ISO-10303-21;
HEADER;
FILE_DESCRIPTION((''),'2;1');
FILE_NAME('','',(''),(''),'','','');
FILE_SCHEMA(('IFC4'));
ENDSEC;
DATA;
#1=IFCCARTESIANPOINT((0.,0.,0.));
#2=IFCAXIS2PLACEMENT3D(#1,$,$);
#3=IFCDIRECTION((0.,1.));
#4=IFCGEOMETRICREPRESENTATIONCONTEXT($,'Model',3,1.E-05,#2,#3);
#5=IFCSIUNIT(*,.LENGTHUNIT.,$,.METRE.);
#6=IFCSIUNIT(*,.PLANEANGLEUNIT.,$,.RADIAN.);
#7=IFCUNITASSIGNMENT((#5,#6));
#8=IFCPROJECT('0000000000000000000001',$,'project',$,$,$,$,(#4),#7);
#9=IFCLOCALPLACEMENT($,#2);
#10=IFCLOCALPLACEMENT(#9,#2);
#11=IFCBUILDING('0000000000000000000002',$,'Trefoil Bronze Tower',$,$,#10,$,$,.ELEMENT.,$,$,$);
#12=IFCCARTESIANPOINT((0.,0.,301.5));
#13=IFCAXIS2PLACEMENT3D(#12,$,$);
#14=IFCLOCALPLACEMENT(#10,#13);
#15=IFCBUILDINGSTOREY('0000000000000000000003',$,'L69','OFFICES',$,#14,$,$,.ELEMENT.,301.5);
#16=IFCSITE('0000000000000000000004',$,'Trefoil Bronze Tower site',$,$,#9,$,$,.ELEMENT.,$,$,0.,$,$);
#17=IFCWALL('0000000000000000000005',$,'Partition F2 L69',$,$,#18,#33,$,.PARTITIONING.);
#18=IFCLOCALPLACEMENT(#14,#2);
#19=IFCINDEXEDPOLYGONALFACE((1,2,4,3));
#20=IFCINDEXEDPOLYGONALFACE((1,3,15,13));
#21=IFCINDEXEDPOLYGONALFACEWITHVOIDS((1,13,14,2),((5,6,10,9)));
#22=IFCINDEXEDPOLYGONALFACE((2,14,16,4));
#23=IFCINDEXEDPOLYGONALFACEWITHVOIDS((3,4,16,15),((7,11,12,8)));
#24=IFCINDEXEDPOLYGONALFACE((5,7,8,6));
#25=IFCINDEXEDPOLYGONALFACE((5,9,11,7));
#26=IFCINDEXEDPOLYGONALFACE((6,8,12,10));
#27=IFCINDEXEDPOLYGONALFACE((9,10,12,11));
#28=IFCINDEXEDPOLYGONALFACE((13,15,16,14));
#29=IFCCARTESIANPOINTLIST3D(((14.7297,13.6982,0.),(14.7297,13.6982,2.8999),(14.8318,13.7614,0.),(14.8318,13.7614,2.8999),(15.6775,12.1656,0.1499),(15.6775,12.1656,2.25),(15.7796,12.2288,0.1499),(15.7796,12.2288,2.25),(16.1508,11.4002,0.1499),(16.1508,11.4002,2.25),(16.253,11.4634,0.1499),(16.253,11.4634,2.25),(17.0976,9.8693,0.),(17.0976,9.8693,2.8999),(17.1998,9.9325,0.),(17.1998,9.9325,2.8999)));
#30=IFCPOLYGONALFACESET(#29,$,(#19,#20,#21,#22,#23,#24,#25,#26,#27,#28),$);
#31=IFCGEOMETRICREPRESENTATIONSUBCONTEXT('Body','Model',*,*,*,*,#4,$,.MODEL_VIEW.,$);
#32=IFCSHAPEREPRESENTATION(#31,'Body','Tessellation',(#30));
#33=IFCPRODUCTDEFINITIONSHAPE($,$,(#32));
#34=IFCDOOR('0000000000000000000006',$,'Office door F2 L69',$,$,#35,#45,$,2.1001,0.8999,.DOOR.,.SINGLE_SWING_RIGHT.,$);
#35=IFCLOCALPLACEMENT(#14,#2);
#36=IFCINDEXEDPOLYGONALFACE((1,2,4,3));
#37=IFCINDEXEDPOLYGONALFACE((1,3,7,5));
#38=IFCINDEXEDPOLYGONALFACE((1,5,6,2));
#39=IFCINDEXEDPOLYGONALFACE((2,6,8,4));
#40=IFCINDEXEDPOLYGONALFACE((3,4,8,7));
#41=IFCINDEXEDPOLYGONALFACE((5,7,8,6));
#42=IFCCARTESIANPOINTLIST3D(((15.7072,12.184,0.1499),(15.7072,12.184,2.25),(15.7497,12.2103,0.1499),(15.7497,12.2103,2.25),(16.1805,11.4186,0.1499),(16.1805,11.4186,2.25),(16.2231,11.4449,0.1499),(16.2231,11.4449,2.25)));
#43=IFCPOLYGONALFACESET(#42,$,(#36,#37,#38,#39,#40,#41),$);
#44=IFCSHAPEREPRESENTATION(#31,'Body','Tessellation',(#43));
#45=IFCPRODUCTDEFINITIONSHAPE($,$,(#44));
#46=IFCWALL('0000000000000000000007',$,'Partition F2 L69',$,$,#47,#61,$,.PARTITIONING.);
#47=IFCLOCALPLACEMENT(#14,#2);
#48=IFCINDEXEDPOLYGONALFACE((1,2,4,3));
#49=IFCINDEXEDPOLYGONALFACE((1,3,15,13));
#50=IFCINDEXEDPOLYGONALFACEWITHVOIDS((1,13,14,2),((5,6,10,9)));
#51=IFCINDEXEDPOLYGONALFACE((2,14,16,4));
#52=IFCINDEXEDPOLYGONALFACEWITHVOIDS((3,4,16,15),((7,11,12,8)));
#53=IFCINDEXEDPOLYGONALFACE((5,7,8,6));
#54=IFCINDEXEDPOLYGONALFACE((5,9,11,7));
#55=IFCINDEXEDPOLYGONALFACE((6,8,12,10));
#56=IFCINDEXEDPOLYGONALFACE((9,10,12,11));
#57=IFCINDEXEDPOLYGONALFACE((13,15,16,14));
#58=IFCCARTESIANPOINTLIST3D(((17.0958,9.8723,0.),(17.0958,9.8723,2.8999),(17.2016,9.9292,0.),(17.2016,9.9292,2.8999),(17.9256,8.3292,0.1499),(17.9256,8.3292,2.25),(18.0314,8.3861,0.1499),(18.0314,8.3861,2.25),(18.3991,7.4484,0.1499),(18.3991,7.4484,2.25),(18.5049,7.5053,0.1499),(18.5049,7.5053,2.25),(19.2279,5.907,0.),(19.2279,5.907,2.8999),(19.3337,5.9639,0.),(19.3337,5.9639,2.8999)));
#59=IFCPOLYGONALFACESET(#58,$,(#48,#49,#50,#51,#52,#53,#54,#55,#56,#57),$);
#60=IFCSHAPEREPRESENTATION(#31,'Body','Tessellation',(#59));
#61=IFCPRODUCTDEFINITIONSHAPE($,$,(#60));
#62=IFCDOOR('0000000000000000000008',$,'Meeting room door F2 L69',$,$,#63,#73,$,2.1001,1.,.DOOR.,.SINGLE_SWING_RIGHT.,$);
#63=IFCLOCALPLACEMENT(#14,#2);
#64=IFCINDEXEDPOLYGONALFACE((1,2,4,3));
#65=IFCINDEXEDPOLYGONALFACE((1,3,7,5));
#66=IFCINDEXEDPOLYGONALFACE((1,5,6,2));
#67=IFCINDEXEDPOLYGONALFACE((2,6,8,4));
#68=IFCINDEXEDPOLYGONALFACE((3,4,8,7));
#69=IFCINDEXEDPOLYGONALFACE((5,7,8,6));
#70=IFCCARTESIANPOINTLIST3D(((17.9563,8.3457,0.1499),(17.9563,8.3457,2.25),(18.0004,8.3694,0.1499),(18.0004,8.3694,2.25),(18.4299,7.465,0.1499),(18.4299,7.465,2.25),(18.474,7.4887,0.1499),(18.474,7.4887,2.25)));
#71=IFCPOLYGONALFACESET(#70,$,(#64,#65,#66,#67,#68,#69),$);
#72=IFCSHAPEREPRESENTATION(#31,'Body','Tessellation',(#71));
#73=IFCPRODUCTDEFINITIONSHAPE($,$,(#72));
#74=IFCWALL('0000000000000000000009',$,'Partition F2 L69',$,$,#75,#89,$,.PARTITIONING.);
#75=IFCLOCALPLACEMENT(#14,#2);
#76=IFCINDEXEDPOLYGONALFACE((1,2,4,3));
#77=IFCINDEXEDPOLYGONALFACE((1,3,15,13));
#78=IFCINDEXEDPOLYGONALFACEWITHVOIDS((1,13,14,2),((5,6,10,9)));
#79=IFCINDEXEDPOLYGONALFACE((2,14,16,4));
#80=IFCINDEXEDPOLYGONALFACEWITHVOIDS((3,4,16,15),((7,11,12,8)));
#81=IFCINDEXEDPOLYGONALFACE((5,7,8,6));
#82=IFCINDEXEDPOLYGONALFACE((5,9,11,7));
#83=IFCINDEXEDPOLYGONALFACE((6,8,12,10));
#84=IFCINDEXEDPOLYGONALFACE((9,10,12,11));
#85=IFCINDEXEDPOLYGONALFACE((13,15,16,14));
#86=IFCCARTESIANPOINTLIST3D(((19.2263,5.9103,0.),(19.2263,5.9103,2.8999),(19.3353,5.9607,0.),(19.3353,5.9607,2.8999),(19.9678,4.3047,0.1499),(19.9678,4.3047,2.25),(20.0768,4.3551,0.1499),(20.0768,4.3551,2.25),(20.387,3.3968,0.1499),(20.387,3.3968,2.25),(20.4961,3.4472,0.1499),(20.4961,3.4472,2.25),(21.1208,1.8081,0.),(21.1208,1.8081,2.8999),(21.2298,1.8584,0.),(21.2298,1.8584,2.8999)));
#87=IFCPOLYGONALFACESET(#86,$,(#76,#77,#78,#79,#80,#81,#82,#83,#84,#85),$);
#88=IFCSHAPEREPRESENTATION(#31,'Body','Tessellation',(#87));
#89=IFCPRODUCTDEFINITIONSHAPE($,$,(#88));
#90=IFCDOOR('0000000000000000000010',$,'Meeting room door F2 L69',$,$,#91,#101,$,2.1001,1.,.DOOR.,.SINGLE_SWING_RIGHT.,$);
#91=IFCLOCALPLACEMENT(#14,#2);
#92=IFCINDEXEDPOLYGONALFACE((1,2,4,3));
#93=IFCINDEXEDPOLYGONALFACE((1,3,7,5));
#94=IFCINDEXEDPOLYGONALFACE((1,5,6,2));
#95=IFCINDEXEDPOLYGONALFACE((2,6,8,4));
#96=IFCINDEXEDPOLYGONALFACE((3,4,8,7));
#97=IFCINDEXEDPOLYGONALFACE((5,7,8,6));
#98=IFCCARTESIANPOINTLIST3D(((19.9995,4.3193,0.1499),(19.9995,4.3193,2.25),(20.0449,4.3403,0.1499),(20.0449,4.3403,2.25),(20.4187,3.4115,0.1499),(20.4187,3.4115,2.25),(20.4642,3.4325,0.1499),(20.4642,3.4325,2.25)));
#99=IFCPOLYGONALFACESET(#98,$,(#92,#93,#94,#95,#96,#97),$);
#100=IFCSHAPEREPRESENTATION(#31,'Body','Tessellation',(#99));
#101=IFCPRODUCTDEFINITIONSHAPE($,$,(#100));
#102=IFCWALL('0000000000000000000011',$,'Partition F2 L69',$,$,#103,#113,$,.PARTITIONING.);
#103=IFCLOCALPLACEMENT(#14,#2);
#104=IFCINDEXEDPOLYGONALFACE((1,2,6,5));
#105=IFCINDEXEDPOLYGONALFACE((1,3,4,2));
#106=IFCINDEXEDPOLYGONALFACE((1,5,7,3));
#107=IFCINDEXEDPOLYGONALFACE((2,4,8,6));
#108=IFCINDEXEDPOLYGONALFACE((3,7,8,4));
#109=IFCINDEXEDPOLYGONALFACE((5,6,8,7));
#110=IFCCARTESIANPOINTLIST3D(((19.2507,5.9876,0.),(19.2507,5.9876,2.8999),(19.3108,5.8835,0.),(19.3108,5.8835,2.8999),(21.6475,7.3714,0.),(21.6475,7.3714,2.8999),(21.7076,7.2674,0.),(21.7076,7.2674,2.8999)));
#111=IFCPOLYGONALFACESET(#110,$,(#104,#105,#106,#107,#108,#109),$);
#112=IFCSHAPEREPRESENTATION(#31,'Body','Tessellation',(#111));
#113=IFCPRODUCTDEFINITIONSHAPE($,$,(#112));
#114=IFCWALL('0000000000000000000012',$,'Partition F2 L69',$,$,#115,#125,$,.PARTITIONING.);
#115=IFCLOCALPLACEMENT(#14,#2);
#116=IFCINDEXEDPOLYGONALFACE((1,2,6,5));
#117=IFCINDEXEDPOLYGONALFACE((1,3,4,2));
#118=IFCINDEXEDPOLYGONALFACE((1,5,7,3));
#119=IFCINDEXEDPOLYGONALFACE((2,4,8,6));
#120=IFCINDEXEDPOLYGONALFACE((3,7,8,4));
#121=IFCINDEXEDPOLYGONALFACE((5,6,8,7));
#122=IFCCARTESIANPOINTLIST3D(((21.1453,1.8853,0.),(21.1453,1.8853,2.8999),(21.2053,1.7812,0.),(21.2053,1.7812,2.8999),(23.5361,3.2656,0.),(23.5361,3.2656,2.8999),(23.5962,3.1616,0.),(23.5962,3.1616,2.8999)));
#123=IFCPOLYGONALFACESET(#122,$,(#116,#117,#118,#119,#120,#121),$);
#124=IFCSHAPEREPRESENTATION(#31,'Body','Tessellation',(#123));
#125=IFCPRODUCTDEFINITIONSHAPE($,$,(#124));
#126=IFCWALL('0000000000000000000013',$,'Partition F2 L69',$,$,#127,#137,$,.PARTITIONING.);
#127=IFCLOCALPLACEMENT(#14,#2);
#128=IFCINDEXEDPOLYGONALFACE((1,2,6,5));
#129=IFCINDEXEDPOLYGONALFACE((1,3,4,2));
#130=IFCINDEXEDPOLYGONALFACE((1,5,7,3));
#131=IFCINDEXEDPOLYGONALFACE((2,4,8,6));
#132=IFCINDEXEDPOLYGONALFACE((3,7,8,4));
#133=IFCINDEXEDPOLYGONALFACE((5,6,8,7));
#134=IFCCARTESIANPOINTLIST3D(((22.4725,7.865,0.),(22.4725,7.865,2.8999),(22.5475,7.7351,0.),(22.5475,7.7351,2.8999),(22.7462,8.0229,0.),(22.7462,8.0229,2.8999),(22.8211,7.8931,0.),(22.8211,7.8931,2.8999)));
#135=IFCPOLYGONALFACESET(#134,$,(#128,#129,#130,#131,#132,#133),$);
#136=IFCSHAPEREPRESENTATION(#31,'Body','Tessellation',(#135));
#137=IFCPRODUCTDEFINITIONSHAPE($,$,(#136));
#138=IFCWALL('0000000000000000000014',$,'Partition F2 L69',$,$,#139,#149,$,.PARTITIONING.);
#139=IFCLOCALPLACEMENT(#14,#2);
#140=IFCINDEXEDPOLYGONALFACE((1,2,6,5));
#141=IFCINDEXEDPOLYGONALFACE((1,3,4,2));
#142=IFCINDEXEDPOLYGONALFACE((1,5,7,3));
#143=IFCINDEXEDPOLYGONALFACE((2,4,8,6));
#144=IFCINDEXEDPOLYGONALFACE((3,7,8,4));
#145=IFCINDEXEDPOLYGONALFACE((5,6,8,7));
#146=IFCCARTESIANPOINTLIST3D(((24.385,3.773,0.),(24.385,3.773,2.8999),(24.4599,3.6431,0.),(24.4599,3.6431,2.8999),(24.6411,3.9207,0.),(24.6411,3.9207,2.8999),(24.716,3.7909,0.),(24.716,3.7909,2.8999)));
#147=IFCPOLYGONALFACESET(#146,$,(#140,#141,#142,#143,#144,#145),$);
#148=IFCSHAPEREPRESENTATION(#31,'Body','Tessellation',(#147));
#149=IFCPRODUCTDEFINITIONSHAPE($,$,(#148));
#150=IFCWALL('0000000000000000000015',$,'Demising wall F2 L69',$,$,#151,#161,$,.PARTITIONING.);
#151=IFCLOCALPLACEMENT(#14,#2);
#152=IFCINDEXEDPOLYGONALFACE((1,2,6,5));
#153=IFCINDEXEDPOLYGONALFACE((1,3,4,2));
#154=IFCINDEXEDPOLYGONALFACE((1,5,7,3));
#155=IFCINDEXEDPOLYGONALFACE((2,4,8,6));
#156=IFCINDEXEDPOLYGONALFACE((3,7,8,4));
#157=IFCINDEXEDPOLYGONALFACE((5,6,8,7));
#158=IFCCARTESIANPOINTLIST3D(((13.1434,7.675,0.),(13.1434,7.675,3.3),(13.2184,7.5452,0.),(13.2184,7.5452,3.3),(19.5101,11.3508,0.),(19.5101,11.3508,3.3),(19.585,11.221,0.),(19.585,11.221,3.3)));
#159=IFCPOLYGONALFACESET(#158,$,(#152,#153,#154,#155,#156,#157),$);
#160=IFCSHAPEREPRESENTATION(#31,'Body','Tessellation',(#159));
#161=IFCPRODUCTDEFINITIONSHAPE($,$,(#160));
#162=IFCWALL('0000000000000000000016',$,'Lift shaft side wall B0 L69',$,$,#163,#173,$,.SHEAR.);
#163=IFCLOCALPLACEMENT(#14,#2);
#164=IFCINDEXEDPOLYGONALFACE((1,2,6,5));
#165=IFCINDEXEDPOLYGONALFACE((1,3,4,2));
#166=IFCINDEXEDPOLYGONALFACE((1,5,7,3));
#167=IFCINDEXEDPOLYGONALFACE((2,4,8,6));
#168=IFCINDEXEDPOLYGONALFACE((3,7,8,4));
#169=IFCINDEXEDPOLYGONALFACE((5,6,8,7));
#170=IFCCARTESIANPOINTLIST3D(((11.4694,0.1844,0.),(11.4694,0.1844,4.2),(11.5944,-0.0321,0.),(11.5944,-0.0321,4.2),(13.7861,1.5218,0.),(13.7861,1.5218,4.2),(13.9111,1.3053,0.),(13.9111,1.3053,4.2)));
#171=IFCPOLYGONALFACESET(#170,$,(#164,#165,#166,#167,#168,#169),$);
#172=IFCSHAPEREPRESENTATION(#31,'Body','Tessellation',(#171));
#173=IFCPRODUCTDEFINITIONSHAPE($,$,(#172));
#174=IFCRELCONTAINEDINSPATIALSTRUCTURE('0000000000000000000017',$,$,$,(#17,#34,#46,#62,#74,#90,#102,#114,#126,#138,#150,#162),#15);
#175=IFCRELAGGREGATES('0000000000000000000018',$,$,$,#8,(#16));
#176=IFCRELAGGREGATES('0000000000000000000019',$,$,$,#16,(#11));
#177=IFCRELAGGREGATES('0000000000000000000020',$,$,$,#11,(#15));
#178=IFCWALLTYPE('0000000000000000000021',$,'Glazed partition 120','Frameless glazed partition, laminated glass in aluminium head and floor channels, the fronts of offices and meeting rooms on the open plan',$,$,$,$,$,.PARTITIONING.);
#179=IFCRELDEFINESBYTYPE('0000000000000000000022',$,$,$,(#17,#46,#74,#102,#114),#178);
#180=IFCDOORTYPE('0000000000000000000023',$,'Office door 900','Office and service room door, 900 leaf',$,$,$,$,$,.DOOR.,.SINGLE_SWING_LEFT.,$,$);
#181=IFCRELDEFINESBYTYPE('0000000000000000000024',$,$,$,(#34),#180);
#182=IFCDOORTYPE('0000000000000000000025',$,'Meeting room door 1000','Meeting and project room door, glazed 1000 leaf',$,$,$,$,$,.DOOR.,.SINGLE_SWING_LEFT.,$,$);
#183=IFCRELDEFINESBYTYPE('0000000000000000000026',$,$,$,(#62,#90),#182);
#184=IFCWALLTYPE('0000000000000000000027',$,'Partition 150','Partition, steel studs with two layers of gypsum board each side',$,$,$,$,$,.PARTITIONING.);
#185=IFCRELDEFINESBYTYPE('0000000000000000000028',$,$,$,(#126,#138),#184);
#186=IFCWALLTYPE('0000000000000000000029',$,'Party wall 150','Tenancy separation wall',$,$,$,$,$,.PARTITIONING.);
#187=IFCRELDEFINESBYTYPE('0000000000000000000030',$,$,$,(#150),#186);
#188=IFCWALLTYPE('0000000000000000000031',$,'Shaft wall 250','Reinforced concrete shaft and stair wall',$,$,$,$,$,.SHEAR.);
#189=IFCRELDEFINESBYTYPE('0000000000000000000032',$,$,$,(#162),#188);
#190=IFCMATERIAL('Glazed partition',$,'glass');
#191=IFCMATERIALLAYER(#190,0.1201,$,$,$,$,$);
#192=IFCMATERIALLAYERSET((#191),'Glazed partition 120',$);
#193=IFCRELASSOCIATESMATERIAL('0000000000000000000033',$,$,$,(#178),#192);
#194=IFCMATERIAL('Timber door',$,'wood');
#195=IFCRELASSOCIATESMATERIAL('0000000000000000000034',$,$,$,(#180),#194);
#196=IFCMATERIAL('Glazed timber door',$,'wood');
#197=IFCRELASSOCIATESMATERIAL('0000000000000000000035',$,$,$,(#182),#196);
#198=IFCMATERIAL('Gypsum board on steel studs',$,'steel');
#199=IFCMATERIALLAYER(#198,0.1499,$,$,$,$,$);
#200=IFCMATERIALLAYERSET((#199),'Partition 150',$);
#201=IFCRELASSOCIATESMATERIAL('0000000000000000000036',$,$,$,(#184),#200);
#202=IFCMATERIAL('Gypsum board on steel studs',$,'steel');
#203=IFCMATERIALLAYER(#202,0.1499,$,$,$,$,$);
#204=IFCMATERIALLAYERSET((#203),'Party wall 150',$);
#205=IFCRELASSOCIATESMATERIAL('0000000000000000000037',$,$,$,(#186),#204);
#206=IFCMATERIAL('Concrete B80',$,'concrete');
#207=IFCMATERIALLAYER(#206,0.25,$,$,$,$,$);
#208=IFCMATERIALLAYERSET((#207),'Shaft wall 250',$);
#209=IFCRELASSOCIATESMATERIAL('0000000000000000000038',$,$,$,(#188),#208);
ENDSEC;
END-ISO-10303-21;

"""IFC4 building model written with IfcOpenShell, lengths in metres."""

from ifc_helpers import new_model, si_unit, direction, frame, frame_2d, origin, place, context, subcontext, project, spatial, rectangle, extrude, material, layer, layer_set, type_object, element, fill, save


model = new_model("IFC4")

# Units and contexts
model_context = context("Model", 3, precision=1e-05, world=origin(), true_north=direction((0.0, 1.0)))
body_context = subcontext(model_context, "Body", "Model", "MODEL_VIEW")
ifc_project = project(units=[si_unit("LENGTHUNIT", "METRE"), si_unit("PLANEANGLEUNIT", "RADIAN")], contexts=[model_context])

# Site, building, storey
site_placement = place(None, origin())
site = spatial("IfcSite", under=ifc_project, at=site_placement, Name="Trefoil Bronze Tower site", CompositionType="ELEMENT", RefElevation=0.0)
building_placement = place(site_placement, origin())
building = spatial("IfcBuilding", under=site, at=building_placement, Name="Trefoil Bronze Tower", CompositionType="ELEMENT")
storey_placement = place(building_placement, frame((0.0, 0.0, 301.5)))
storey = spatial("IfcBuildingStorey", under=building, at=storey_placement, Name="L69", Description="OFFICES", CompositionType="ELEMENT", Elevation=301.5)

# Walls, openings, doors
ifc_material_1 = material(Name="Glazed partition", Category="glass")
ifc_layer_1 = layer(ifc_material_1, 0.1201)
ifc_layer_set_1 = layer_set([ifc_layer_1], Name="Glazed partition 120")
wall_type_1 = type_object("IfcWallType", Name="Glazed partition 120", Description="Frameless glazed partition, laminated glass in aluminium head and floor channels, the fronts of offices and meeting rooms on the open plan", PredefinedType="PARTITIONING", material=ifc_layer_set_1)
wall_1_placement = place(storey_placement, frame((17.1487, 9.9009, 0.0), z_axis=(0.0, 0.0, 1.0), x_axis=(-0.525981, 0.850496, 0.0)))
wall_1 = element("IfcWall", 1, at=wall_1_placement, inside=storey, type_object=wall_type_1, Name="Partition F2 L69", PredefinedType="PARTITIONING", context=body_context, shape_type="SweptSolid", body=[
    extrude(rectangle(XDim=4.502, YDim=0.1201, at=frame_2d((2.251, 0.0))), origin(), (0.0, 0.0, 1.0), 2.8999),
])
opening_1_placement = place(wall_1_placement, frame((1.8, 0.0, 0.1499)))
opening_1 = element("IfcOpeningElement", 2, at=opening_1_placement, cuts=wall_1, PredefinedType="OPENING", context=body_context, shape_type="SweptSolid", body=[
    extrude(rectangle(XDim=0.8999, YDim=2.1001, at=frame_2d((0.45, 1.05))), frame((0.0, 0.0701, 0.0), z_axis=(0.0, -1.0, 0.0), x_axis=(1.0, 0.0, 0.0)), (0.0, 0.0, 1.0), 0.1401),
])
ifc_material_2 = material(Name="Timber door", Category="wood")
door_type_1 = type_object("IfcDoorType", Name="Office door 900", Description="Office and service room door, 900 leaf", OperationType="SINGLE_SWING_LEFT", PredefinedType="DOOR", material=ifc_material_2)
door_1_placement = place(opening_1_placement, frame((0.8999, 0.0, 0.0), z_axis=(0.0, 0.0, 1.0), x_axis=(-1.0, 0.0, 0.0)))
door_1 = element("IfcDoor", 3, at=door_1_placement, inside=storey, type_object=door_type_1, Name="Office door F2 L69", OperationType="SINGLE_SWING_RIGHT", OverallHeight=2.1001, OverallWidth=0.8999, PredefinedType="DOOR", context=body_context, shape_type="SweptSolid", body=[
    extrude(rectangle(XDim=0.8999, YDim=2.1001, at=frame_2d((0.45, 1.05))), frame((0.0, 0.0249, 0.0), z_axis=(0.0, -1.0, 0.0), x_axis=(1.0, 0.0, 0.0)), (0.0, 0.0, 1.0), 0.05),
])
fill(opening_1, door_1)
wall_2_placement = place(storey_placement, frame((19.2808, 5.9355, 0.0), z_axis=(0.0, 0.0, 1.0), x_axis=(-0.473566, 0.880758, 0.0)))
wall_2 = element("IfcWall", 4, at=wall_2_placement, inside=storey, type_object=wall_type_1, Name="Partition F2 L69", PredefinedType="PARTITIONING", context=body_context, shape_type="SweptSolid", body=[
    extrude(rectangle(XDim=4.5022, YDim=0.1201, at=frame_2d((2.251, 0.0))), origin(), (0.0, 0.0, 1.0), 2.8999),
])
opening_2_placement = place(wall_2_placement, frame((1.75, 0.0, 0.1499)))
opening_2 = element("IfcOpeningElement", 5, at=opening_2_placement, cuts=wall_2, PredefinedType="OPENING", context=body_context, shape_type="SweptSolid", body=[
    extrude(rectangle(XDim=1.0, YDim=2.1001, at=frame_2d((0.5, 1.05))), frame((0.0, 0.0701, 0.0), z_axis=(0.0, -1.0, 0.0), x_axis=(1.0, 0.0, 0.0)), (0.0, 0.0, 1.0), 0.1401),
])
ifc_material_3 = material(Name="Glazed timber door", Category="wood")
door_type_2 = type_object("IfcDoorType", Name="Meeting room door 1000", Description="Meeting and project room door, glazed 1000 leaf", OperationType="SINGLE_SWING_LEFT", PredefinedType="DOOR", material=ifc_material_3)
door_2_placement = place(opening_2_placement, frame((1.0, 0.0, 0.0), z_axis=(0.0, 0.0, 1.0), x_axis=(-1.0, 0.0, 0.0)))
door_2 = element("IfcDoor", 6, at=door_2_placement, inside=storey, type_object=door_type_2, Name="Meeting room door F2 L69", OperationType="SINGLE_SWING_RIGHT", OverallHeight=2.1001, OverallWidth=1.0, PredefinedType="DOOR", context=body_context, shape_type="SweptSolid", body=[
    extrude(rectangle(XDim=1.0, YDim=2.1001, at=frame_2d((0.5, 1.05))), frame((0.0, 0.0249, 0.0), z_axis=(0.0, -1.0, 0.0), x_axis=(1.0, 0.0, 0.0)), (0.0, 0.0, 1.0), 0.05),
])
fill(opening_2, door_2)
wall_3_placement = place(storey_placement, frame((21.1753, 1.8333, 0.0), z_axis=(0.0, 0.0, 1.0), x_axis=(-0.419271, 0.907861, 0.0)))
wall_3 = element("IfcWall", 7, at=wall_3_placement, inside=storey, type_object=wall_type_1, Name="Partition F2 L69", PredefinedType="PARTITIONING", context=body_context, shape_type="SweptSolid", body=[
    extrude(rectangle(XDim=4.5186, YDim=0.1201, at=frame_2d((2.2593, 0.0))), origin(), (0.0, 0.0, 1.0), 2.8999),
])
opening_3_placement = place(wall_3_placement, frame((1.75, 0.0, 0.1499)))
opening_3 = element("IfcOpeningElement", 8, at=opening_3_placement, cuts=wall_3, PredefinedType="OPENING", context=body_context, shape_type="SweptSolid", body=[
    extrude(rectangle(XDim=1.0, YDim=2.1001, at=frame_2d((0.5, 1.05))), frame((0.0, 0.0701, 0.0), z_axis=(0.0, -1.0, 0.0), x_axis=(1.0, 0.0, 0.0)), (0.0, 0.0, 1.0), 0.1401),
])
door_3_placement = place(opening_3_placement, frame((1.0, 0.0, 0.0), z_axis=(0.0, 0.0, 1.0), x_axis=(-1.0, 0.0, 0.0)))
door_3 = element("IfcDoor", 9, at=door_3_placement, inside=storey, type_object=door_type_2, Name="Meeting room door F2 L69", OperationType="SINGLE_SWING_RIGHT", OverallHeight=2.1001, OverallWidth=1.0, PredefinedType="DOOR", context=body_context, shape_type="SweptSolid", body=[
    extrude(rectangle(XDim=1.0, YDim=2.1001, at=frame_2d((0.5, 1.05))), frame((0.0, 0.0249, 0.0), z_axis=(0.0, -1.0, 0.0), x_axis=(1.0, 0.0, 0.0)), (0.0, 0.0, 1.0), 0.05),
])
fill(opening_3, door_3)

# Walls
wall_4_placement = place(storey_placement, frame((19.2808, 5.9355, 0.0), z_axis=(0.0, 0.0, 1.0), x_axis=(0.86602, 0.50001, 0.0)))
element("IfcWall", 10, at=wall_4_placement, inside=storey, type_object=wall_type_1, Name="Partition F2 L69", PredefinedType="PARTITIONING", context=body_context, shape_type="SweptSolid", body=[
    extrude(rectangle(XDim=2.7676, YDim=0.1201, at=frame_2d((1.3838, 0.0))), origin(), (0.0, 0.0, 1.0), 2.8999),
])
wall_5_placement = place(storey_placement, frame((21.1753, 1.8333, 0.0), z_axis=(0.0, 0.0, 1.0), x_axis=(0.866025, 0.500001, 0.0)))
element("IfcWall", 11, at=wall_5_placement, inside=storey, type_object=wall_type_1, Name="Partition F2 L69", PredefinedType="PARTITIONING", context=body_context, shape_type="SweptSolid", body=[
    extrude(rectangle(XDim=2.7607, YDim=0.1201, at=frame_2d((1.3804, 0.0))), origin(), (0.0, 0.0, 1.0), 2.8999),
])
ifc_material_4 = material(Name="Gypsum board on steel studs", Category="steel")
ifc_layer_2 = layer(ifc_material_4, 0.1499)
ifc_layer_set_2 = layer_set([ifc_layer_2], Name="Partition 150")
wall_type_2 = type_object("IfcWallType", Name="Partition 150", Description="Partition, steel studs with two layers of gypsum board each side", PredefinedType="PARTITIONING", material=ifc_layer_set_2)
wall_6_placement = place(storey_placement, frame((22.51, 7.8, 0.0), z_axis=(0.0, 0.0, 1.0), x_axis=(0.866096, 0.499879, 0.0)))
element("IfcWall", 12, at=wall_6_placement, inside=storey, type_object=wall_type_2, Name="Partition F2 L69", PredefinedType="PARTITIONING", context=body_context, shape_type="SweptSolid", body=[
    extrude(rectangle(XDim=0.3159, YDim=0.1499, at=frame_2d((0.158, 0.0))), origin(), (0.0, 0.0, 1.0), 2.8999),
])
wall_7_placement = place(storey_placement, frame((24.4224, 3.708, 0.0), z_axis=(0.0, 0.0, 1.0), x_axis=(0.866254, 0.499603, 0.0)))
element("IfcWall", 13, at=wall_7_placement, inside=storey, type_object=wall_type_2, Name="Partition F2 L69", PredefinedType="PARTITIONING", context=body_context, shape_type="SweptSolid", body=[
    extrude(rectangle(XDim=0.2957, YDim=0.1499, at=frame_2d((0.1479, 0.0))), origin(), (0.0, 0.0, 1.0), 2.8999),
])
ifc_material_5 = material(Name="Gypsum board on steel studs", Category="steel")
ifc_layer_3 = layer(ifc_material_5, 0.1499)
ifc_layer_set_3 = layer_set([ifc_layer_3], Name="Party wall 150")
wall_type_3 = type_object("IfcWallType", Name="Party wall 150", Description="Tenancy separation wall", PredefinedType="PARTITIONING", material=ifc_layer_set_3)
wall_8_placement = place(storey_placement, frame((13.1809, 7.6101, 0.0), z_axis=(0.0, 0.0, 1.0), x_axis=(0.866027, 0.499997, 0.0)))
element("IfcWall", 14, at=wall_8_placement, inside=storey, type_object=wall_type_3, Name="Demising wall F2 L69", PredefinedType="PARTITIONING", context=body_context, shape_type="SweptSolid", body=[
    extrude(rectangle(XDim=7.3516, YDim=0.1499, at=frame_2d((3.6758, 0.0))), origin(), (0.0, 0.0, 1.0), 3.3),
])
ifc_material_6 = material(Name="Concrete B80", Category="concrete")
ifc_layer_4 = layer(ifc_material_6, 0.25)
ifc_layer_set_4 = layer_set([ifc_layer_4], Name="Shaft wall 250")
wall_type_4 = type_object("IfcWallType", Name="Shaft wall 250", Description="Reinforced concrete shaft and stair wall", PredefinedType="SHEAR", material=ifc_layer_set_4)
wall_9_placement = place(storey_placement, frame((11.532, 0.0762, 0.0), z_axis=(0.0, 0.0, 1.0), x_axis=(0.866044, 0.499967, 0.0)))
element("IfcWall", 15, at=wall_9_placement, inside=storey, type_object=wall_type_4, Name="Lift shaft side wall B0 L69", PredefinedType="SHEAR", context=body_context, shape_type="SweptSolid", body=[
    extrude(rectangle(XDim=2.675, YDim=0.25, at=frame_2d((1.3374, 0.0))), origin(), (0.0, 0.0, 1.0), 4.2),
])

save(model, "model.ifc")
